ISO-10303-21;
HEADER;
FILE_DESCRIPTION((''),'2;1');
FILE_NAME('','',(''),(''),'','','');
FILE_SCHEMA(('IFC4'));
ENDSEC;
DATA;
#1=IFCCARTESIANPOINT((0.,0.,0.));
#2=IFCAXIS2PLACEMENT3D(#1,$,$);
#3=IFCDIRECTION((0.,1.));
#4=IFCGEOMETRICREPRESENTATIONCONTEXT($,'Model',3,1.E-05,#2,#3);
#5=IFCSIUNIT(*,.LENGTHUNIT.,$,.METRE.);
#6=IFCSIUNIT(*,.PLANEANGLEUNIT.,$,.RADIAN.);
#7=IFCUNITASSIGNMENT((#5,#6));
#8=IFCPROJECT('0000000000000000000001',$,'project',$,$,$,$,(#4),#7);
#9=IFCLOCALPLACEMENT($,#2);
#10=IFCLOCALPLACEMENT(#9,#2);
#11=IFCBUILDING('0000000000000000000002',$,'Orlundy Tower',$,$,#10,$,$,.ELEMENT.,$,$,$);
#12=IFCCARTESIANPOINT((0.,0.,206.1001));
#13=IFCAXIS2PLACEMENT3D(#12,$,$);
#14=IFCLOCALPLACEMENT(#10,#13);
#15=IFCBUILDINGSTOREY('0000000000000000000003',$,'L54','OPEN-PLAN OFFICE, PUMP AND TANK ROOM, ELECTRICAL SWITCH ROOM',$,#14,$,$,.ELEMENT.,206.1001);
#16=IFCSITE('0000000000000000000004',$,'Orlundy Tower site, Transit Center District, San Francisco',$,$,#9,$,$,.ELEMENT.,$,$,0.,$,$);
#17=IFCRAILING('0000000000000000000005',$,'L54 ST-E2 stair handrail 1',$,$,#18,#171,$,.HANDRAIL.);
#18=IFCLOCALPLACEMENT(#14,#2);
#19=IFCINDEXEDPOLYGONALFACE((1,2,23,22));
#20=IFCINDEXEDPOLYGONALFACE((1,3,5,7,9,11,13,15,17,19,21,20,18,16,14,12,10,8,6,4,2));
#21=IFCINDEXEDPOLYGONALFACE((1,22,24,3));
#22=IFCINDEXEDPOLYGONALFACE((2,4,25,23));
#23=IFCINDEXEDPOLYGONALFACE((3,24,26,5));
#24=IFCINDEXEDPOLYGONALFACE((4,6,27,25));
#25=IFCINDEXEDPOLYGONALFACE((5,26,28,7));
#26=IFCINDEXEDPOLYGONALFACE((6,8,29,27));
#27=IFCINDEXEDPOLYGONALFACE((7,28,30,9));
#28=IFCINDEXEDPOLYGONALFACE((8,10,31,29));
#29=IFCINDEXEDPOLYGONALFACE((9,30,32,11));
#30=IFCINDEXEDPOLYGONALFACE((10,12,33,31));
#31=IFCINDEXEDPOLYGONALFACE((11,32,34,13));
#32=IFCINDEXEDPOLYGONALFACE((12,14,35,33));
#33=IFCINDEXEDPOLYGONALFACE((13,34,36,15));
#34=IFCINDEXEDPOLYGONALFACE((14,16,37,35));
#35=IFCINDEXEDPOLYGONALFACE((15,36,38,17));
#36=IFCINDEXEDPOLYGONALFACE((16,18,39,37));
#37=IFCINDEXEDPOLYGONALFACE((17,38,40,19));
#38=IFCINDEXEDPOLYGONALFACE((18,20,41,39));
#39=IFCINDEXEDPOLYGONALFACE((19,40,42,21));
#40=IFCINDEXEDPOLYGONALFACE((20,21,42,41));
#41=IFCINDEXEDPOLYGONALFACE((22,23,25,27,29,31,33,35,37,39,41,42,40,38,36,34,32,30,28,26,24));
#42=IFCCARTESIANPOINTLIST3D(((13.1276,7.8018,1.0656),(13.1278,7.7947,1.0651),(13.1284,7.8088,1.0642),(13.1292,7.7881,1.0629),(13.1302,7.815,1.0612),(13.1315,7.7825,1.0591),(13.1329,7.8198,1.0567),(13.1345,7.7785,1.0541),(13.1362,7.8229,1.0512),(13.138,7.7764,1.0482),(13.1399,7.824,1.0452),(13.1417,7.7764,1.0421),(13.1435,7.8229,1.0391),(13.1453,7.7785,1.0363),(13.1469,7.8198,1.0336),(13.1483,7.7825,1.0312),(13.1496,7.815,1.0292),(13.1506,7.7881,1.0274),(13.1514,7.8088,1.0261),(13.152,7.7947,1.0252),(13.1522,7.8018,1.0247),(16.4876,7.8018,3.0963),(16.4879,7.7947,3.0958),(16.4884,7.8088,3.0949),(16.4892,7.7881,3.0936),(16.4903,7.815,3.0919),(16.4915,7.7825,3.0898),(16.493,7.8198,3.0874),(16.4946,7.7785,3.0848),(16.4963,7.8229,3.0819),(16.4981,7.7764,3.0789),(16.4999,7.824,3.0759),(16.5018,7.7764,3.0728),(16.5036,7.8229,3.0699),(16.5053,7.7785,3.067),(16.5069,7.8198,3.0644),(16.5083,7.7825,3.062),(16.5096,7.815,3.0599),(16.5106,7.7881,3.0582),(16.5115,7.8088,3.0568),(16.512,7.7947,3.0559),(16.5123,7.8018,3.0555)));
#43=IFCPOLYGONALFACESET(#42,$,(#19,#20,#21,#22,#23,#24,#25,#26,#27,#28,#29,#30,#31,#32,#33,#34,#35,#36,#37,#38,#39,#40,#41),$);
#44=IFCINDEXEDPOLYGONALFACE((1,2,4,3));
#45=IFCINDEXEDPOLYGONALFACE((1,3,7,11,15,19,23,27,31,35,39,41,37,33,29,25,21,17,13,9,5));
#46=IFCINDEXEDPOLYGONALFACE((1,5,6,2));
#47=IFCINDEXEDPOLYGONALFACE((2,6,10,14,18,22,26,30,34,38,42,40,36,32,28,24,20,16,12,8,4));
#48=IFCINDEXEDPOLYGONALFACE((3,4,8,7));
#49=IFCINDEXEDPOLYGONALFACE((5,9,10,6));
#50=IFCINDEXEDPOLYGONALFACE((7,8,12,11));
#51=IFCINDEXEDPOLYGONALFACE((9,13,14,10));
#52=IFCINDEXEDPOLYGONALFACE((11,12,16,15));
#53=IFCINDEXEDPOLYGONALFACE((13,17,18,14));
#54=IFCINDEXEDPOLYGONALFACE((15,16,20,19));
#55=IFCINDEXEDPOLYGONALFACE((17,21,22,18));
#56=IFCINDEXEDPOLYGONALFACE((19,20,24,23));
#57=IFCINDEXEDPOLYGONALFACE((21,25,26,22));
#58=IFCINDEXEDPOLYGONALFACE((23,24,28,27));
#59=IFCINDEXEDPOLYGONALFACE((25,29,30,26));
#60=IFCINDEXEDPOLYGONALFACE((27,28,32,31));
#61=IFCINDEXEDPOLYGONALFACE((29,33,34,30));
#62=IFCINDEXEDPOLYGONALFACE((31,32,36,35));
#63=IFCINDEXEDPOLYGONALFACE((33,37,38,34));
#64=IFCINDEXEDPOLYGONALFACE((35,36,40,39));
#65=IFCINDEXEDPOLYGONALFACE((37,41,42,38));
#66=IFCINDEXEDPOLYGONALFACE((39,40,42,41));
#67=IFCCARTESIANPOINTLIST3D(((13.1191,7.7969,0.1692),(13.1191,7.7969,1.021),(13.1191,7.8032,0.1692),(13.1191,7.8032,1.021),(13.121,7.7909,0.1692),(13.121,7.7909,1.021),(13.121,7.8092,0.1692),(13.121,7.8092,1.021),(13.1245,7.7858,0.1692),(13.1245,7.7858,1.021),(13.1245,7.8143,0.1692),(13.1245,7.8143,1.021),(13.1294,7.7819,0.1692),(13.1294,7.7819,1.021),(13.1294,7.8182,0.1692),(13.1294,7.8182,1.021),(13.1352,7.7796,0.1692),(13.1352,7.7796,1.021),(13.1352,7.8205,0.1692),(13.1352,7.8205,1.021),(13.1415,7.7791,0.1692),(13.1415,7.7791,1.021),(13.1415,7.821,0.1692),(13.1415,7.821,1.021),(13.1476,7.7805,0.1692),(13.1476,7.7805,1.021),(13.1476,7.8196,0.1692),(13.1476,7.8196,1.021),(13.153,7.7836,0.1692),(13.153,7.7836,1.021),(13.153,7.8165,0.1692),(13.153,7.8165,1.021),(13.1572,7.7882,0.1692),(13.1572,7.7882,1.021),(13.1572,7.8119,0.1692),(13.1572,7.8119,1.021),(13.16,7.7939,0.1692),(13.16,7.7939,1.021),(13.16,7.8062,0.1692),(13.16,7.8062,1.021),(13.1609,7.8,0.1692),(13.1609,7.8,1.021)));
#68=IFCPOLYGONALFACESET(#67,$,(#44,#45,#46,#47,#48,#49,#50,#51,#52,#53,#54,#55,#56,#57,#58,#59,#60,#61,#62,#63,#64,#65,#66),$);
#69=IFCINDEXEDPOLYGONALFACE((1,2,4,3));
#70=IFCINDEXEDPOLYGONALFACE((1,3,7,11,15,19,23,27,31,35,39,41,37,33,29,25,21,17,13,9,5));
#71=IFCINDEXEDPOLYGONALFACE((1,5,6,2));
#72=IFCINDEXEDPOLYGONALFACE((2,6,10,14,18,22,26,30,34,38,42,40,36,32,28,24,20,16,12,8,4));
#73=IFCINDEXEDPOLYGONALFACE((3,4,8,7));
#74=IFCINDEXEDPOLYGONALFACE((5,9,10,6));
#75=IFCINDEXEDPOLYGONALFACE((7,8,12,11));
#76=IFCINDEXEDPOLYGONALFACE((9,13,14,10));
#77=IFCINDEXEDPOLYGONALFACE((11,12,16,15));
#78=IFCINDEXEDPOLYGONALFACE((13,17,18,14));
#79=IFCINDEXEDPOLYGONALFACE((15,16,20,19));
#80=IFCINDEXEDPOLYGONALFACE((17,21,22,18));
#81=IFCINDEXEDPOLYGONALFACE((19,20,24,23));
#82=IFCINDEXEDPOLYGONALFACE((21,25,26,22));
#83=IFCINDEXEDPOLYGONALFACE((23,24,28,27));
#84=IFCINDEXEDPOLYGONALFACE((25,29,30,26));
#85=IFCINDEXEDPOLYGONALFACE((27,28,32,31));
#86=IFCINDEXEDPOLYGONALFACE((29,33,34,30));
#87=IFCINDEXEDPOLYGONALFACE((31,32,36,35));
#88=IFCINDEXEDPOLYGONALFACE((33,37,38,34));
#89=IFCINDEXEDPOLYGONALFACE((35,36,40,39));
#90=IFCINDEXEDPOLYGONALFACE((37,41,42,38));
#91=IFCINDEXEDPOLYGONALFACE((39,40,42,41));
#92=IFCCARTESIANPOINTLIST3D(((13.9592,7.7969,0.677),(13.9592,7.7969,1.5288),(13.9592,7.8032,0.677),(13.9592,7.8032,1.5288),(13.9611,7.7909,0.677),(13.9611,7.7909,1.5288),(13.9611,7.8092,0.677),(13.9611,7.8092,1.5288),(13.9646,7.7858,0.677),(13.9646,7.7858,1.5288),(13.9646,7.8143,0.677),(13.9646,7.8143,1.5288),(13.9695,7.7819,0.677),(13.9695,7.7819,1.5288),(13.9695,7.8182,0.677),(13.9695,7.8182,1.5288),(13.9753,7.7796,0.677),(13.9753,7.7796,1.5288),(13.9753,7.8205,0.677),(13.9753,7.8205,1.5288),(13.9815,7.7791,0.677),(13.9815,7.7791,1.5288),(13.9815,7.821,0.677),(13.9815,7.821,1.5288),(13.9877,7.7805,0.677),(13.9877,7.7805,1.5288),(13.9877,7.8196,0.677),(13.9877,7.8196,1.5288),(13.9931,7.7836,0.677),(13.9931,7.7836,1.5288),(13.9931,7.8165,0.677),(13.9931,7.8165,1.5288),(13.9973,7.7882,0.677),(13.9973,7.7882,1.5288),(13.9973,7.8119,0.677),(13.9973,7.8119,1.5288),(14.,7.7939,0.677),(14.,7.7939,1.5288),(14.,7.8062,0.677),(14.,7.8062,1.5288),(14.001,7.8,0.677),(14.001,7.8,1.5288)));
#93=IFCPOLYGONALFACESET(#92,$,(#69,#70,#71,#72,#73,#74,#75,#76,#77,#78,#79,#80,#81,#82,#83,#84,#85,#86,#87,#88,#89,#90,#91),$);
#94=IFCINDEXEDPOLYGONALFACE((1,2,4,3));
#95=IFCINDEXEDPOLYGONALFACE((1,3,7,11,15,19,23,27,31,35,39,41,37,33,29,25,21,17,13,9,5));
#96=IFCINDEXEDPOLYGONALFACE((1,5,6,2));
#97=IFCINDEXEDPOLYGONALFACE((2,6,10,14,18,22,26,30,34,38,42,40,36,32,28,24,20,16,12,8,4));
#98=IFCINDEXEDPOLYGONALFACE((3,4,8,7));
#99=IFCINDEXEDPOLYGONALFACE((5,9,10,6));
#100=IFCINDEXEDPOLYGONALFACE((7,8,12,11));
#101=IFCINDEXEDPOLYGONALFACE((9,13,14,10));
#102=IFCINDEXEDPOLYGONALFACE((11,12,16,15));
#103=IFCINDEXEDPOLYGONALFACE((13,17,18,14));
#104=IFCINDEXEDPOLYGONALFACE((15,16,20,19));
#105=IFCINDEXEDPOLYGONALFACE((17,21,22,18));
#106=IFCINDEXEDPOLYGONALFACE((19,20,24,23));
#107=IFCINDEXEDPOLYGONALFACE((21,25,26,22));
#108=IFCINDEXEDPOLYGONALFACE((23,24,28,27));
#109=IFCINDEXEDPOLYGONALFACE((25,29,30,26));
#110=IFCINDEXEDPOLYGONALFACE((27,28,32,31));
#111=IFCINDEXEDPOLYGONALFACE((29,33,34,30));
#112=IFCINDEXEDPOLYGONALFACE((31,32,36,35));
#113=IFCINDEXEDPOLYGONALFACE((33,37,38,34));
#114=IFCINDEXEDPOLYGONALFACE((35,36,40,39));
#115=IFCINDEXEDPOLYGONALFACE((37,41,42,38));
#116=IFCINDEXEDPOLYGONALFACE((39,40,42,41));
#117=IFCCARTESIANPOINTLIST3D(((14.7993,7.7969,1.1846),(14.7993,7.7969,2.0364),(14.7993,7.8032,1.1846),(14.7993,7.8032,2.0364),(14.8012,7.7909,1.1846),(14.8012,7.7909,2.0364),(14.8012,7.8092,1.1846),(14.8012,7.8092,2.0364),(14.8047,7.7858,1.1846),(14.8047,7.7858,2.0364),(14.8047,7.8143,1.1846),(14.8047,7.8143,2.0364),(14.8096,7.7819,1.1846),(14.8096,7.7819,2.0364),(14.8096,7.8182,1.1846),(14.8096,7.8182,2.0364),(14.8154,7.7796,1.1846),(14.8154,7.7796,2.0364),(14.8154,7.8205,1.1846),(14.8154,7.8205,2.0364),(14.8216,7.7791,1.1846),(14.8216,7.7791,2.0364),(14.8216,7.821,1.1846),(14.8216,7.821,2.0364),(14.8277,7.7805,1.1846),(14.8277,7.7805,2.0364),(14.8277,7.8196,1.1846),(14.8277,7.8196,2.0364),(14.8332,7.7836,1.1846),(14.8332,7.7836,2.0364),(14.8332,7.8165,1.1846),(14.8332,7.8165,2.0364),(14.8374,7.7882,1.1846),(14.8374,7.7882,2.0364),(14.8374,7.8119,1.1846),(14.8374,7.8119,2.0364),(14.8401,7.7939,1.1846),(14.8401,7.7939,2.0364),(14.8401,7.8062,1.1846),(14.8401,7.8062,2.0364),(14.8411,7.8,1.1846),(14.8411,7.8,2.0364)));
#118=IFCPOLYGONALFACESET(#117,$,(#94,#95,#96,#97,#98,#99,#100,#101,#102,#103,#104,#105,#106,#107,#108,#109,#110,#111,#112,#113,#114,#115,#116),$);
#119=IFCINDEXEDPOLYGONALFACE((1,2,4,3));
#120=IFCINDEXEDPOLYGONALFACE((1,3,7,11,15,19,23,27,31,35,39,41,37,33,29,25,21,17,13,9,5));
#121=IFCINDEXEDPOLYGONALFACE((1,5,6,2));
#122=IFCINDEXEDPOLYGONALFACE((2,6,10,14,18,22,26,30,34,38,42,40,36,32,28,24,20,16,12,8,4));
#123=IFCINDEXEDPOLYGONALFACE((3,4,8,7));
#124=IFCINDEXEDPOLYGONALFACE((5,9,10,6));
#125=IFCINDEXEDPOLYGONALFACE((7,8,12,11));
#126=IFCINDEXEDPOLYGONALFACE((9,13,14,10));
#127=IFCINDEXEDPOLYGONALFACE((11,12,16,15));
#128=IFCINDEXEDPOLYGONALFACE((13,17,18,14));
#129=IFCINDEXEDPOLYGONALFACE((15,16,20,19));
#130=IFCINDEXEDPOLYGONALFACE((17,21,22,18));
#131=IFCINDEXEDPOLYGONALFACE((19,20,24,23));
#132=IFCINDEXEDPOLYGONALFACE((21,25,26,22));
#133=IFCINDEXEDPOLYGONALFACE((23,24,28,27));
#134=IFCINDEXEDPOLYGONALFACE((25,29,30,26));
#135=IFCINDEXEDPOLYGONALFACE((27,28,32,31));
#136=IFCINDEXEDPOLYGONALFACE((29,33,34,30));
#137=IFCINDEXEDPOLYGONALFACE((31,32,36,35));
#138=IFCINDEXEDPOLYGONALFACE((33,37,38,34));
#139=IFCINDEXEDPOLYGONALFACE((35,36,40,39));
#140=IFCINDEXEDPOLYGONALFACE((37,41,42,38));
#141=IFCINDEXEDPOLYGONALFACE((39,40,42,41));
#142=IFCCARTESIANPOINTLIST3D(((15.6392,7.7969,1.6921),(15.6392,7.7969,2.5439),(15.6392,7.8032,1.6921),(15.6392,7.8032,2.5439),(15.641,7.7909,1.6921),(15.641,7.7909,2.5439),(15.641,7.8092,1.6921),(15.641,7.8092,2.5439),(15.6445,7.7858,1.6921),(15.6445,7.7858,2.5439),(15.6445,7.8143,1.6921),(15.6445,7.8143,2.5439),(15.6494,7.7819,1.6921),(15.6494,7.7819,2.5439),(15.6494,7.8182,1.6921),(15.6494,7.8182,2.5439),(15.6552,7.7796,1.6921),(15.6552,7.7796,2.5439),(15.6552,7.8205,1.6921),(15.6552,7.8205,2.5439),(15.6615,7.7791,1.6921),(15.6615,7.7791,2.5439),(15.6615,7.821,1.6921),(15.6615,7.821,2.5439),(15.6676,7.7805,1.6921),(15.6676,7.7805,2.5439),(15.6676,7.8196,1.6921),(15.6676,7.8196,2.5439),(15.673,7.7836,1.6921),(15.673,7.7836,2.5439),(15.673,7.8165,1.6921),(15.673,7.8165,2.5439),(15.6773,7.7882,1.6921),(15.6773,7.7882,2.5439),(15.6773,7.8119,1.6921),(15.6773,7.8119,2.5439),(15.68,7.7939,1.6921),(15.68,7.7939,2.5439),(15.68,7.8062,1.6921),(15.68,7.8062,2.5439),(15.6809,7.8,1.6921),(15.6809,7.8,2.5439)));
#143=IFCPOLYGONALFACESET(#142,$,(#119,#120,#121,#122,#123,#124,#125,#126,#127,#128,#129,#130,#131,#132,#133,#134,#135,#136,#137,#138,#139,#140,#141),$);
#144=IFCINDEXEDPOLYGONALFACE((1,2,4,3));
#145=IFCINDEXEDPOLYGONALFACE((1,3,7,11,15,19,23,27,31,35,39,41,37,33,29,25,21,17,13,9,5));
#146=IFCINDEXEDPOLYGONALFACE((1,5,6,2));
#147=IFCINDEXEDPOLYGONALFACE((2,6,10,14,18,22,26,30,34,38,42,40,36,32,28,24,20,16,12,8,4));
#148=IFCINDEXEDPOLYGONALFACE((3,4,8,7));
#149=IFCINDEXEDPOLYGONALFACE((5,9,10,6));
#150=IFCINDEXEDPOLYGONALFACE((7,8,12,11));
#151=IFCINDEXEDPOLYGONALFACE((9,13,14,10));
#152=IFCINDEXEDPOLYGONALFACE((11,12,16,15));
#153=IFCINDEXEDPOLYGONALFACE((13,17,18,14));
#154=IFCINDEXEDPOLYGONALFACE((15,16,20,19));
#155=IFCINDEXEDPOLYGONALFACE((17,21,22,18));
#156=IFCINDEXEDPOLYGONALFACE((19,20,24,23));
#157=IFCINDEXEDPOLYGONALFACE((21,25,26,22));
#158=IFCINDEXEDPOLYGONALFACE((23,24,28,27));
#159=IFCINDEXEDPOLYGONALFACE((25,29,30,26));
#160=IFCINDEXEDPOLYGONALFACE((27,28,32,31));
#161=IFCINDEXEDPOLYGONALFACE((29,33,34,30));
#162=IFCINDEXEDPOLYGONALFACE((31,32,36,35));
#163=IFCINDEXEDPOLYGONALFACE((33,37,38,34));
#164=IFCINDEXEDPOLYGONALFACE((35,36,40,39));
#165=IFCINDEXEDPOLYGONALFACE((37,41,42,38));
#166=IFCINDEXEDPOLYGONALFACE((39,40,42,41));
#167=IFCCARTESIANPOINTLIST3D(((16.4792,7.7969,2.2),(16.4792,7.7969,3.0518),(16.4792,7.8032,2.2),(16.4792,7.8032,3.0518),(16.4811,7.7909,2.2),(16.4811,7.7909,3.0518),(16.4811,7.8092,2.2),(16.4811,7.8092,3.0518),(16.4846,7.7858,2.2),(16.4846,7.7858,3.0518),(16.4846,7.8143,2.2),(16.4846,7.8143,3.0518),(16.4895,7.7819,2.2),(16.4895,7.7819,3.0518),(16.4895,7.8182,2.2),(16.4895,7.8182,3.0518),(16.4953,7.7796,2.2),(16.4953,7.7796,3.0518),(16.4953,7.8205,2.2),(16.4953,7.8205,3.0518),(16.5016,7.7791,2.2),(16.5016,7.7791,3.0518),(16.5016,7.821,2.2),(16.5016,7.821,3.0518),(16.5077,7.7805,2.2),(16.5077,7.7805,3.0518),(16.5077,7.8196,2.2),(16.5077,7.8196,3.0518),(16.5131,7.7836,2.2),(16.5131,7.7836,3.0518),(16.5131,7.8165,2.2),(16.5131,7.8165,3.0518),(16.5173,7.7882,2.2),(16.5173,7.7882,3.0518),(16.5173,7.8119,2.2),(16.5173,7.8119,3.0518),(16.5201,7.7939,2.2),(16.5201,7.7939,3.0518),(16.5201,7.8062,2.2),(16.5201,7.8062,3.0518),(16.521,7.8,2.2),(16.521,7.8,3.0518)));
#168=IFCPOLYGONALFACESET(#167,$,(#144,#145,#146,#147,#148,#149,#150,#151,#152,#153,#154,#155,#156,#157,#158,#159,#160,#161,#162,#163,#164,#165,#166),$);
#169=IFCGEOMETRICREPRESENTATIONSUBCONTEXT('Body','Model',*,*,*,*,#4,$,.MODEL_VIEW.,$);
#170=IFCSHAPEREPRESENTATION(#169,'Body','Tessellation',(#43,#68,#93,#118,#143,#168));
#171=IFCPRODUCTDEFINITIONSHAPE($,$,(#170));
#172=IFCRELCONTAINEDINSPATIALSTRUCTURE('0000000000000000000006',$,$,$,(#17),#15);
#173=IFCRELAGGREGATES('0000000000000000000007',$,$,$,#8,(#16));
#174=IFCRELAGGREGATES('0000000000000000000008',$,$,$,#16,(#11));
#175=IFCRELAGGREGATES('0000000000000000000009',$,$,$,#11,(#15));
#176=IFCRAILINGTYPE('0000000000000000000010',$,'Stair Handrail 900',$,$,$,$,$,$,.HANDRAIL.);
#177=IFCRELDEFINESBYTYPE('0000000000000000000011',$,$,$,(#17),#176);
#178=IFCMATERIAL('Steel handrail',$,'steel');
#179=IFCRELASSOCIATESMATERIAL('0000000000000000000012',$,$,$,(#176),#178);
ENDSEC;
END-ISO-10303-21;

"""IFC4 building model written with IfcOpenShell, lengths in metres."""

from ifc_helpers import new_model, si_unit, direction, frame, origin, origin_2d, place, context, subcontext, project, spatial, circle, extrude, material, type_object, element, save


model = new_model("IFC4")

# Units and contexts
model_context = context("Model", 3, precision=1e-05, world=origin(), true_north=direction((0.0, 1.0)))
body_context = subcontext(model_context, "Body", "Model", "MODEL_VIEW")
ifc_project = project(units=[si_unit("LENGTHUNIT", "METRE"), si_unit("PLANEANGLEUNIT", "RADIAN")], contexts=[model_context])

# Site, building, storey
site_placement = place(None, origin())
site = spatial("IfcSite", under=ifc_project, at=site_placement, Name="Orlundy Tower site, Transit Center District, San Francisco", CompositionType="ELEMENT", RefElevation=0.0)
building_placement = place(site_placement, origin())
building = spatial("IfcBuilding", under=site, at=building_placement, Name="Orlundy Tower", CompositionType="ELEMENT")
storey_placement = place(building_placement, frame((0.0, 0.0, 206.1001)))
storey = spatial("IfcBuildingStorey", under=building, at=storey_placement, Name="L54", Description="OPEN-PLAN OFFICE, PUMP AND TANK ROOM, ELECTRICAL SWITCH ROOM", CompositionType="ELEMENT", Elevation=206.1001)

# Railing
ifc_material_1 = material(Name="Steel handrail", Category="steel")
railing_type_1 = type_object("IfcRailingType", Name="Stair Handrail 900", PredefinedType="HANDRAIL", material=ifc_material_1)
railing_1_placement = place(storey_placement, frame((13.1399, 7.8, 0.1692)))
element("IfcRailing", 1, at=railing_1_placement, inside=storey, type_object=railing_type_1, Name="L54 ST-E2 stair handrail 1", PredefinedType="HANDRAIL", context=body_context, shape_type="SweptSolid", body=[
    extrude(circle(Radius=0.0239, at=origin_2d()), frame((0.0, 0.0, 0.876), z_axis=(0.855837, 0.0, 0.517246), x_axis=(0.0, 1.0, 0.0)), (0.0, 0.0, 1.0), 3.926),
    extrude(circle(Radius=0.021, at=origin_2d()), origin(), (0.0, 0.0, 1.0), 0.8518),
    extrude(circle(Radius=0.021, at=origin_2d()), frame((0.8401, 0.0, 0.5078)), (0.0, 0.0, 1.0), 0.8518),
    extrude(circle(Radius=0.021, at=origin_2d()), frame((1.6802, 0.0, 1.0154)), (0.0, 0.0, 1.0), 0.8518),
    extrude(circle(Radius=0.021, at=origin_2d()), frame((2.52, 0.0, 1.5229)), (0.0, 0.0, 1.0), 0.8518),
    extrude(circle(Radius=0.021, at=origin_2d()), frame((3.3601, 0.0, 2.0308)), (0.0, 0.0, 1.0), 0.8518),
])

save(model, "model.ifc")
